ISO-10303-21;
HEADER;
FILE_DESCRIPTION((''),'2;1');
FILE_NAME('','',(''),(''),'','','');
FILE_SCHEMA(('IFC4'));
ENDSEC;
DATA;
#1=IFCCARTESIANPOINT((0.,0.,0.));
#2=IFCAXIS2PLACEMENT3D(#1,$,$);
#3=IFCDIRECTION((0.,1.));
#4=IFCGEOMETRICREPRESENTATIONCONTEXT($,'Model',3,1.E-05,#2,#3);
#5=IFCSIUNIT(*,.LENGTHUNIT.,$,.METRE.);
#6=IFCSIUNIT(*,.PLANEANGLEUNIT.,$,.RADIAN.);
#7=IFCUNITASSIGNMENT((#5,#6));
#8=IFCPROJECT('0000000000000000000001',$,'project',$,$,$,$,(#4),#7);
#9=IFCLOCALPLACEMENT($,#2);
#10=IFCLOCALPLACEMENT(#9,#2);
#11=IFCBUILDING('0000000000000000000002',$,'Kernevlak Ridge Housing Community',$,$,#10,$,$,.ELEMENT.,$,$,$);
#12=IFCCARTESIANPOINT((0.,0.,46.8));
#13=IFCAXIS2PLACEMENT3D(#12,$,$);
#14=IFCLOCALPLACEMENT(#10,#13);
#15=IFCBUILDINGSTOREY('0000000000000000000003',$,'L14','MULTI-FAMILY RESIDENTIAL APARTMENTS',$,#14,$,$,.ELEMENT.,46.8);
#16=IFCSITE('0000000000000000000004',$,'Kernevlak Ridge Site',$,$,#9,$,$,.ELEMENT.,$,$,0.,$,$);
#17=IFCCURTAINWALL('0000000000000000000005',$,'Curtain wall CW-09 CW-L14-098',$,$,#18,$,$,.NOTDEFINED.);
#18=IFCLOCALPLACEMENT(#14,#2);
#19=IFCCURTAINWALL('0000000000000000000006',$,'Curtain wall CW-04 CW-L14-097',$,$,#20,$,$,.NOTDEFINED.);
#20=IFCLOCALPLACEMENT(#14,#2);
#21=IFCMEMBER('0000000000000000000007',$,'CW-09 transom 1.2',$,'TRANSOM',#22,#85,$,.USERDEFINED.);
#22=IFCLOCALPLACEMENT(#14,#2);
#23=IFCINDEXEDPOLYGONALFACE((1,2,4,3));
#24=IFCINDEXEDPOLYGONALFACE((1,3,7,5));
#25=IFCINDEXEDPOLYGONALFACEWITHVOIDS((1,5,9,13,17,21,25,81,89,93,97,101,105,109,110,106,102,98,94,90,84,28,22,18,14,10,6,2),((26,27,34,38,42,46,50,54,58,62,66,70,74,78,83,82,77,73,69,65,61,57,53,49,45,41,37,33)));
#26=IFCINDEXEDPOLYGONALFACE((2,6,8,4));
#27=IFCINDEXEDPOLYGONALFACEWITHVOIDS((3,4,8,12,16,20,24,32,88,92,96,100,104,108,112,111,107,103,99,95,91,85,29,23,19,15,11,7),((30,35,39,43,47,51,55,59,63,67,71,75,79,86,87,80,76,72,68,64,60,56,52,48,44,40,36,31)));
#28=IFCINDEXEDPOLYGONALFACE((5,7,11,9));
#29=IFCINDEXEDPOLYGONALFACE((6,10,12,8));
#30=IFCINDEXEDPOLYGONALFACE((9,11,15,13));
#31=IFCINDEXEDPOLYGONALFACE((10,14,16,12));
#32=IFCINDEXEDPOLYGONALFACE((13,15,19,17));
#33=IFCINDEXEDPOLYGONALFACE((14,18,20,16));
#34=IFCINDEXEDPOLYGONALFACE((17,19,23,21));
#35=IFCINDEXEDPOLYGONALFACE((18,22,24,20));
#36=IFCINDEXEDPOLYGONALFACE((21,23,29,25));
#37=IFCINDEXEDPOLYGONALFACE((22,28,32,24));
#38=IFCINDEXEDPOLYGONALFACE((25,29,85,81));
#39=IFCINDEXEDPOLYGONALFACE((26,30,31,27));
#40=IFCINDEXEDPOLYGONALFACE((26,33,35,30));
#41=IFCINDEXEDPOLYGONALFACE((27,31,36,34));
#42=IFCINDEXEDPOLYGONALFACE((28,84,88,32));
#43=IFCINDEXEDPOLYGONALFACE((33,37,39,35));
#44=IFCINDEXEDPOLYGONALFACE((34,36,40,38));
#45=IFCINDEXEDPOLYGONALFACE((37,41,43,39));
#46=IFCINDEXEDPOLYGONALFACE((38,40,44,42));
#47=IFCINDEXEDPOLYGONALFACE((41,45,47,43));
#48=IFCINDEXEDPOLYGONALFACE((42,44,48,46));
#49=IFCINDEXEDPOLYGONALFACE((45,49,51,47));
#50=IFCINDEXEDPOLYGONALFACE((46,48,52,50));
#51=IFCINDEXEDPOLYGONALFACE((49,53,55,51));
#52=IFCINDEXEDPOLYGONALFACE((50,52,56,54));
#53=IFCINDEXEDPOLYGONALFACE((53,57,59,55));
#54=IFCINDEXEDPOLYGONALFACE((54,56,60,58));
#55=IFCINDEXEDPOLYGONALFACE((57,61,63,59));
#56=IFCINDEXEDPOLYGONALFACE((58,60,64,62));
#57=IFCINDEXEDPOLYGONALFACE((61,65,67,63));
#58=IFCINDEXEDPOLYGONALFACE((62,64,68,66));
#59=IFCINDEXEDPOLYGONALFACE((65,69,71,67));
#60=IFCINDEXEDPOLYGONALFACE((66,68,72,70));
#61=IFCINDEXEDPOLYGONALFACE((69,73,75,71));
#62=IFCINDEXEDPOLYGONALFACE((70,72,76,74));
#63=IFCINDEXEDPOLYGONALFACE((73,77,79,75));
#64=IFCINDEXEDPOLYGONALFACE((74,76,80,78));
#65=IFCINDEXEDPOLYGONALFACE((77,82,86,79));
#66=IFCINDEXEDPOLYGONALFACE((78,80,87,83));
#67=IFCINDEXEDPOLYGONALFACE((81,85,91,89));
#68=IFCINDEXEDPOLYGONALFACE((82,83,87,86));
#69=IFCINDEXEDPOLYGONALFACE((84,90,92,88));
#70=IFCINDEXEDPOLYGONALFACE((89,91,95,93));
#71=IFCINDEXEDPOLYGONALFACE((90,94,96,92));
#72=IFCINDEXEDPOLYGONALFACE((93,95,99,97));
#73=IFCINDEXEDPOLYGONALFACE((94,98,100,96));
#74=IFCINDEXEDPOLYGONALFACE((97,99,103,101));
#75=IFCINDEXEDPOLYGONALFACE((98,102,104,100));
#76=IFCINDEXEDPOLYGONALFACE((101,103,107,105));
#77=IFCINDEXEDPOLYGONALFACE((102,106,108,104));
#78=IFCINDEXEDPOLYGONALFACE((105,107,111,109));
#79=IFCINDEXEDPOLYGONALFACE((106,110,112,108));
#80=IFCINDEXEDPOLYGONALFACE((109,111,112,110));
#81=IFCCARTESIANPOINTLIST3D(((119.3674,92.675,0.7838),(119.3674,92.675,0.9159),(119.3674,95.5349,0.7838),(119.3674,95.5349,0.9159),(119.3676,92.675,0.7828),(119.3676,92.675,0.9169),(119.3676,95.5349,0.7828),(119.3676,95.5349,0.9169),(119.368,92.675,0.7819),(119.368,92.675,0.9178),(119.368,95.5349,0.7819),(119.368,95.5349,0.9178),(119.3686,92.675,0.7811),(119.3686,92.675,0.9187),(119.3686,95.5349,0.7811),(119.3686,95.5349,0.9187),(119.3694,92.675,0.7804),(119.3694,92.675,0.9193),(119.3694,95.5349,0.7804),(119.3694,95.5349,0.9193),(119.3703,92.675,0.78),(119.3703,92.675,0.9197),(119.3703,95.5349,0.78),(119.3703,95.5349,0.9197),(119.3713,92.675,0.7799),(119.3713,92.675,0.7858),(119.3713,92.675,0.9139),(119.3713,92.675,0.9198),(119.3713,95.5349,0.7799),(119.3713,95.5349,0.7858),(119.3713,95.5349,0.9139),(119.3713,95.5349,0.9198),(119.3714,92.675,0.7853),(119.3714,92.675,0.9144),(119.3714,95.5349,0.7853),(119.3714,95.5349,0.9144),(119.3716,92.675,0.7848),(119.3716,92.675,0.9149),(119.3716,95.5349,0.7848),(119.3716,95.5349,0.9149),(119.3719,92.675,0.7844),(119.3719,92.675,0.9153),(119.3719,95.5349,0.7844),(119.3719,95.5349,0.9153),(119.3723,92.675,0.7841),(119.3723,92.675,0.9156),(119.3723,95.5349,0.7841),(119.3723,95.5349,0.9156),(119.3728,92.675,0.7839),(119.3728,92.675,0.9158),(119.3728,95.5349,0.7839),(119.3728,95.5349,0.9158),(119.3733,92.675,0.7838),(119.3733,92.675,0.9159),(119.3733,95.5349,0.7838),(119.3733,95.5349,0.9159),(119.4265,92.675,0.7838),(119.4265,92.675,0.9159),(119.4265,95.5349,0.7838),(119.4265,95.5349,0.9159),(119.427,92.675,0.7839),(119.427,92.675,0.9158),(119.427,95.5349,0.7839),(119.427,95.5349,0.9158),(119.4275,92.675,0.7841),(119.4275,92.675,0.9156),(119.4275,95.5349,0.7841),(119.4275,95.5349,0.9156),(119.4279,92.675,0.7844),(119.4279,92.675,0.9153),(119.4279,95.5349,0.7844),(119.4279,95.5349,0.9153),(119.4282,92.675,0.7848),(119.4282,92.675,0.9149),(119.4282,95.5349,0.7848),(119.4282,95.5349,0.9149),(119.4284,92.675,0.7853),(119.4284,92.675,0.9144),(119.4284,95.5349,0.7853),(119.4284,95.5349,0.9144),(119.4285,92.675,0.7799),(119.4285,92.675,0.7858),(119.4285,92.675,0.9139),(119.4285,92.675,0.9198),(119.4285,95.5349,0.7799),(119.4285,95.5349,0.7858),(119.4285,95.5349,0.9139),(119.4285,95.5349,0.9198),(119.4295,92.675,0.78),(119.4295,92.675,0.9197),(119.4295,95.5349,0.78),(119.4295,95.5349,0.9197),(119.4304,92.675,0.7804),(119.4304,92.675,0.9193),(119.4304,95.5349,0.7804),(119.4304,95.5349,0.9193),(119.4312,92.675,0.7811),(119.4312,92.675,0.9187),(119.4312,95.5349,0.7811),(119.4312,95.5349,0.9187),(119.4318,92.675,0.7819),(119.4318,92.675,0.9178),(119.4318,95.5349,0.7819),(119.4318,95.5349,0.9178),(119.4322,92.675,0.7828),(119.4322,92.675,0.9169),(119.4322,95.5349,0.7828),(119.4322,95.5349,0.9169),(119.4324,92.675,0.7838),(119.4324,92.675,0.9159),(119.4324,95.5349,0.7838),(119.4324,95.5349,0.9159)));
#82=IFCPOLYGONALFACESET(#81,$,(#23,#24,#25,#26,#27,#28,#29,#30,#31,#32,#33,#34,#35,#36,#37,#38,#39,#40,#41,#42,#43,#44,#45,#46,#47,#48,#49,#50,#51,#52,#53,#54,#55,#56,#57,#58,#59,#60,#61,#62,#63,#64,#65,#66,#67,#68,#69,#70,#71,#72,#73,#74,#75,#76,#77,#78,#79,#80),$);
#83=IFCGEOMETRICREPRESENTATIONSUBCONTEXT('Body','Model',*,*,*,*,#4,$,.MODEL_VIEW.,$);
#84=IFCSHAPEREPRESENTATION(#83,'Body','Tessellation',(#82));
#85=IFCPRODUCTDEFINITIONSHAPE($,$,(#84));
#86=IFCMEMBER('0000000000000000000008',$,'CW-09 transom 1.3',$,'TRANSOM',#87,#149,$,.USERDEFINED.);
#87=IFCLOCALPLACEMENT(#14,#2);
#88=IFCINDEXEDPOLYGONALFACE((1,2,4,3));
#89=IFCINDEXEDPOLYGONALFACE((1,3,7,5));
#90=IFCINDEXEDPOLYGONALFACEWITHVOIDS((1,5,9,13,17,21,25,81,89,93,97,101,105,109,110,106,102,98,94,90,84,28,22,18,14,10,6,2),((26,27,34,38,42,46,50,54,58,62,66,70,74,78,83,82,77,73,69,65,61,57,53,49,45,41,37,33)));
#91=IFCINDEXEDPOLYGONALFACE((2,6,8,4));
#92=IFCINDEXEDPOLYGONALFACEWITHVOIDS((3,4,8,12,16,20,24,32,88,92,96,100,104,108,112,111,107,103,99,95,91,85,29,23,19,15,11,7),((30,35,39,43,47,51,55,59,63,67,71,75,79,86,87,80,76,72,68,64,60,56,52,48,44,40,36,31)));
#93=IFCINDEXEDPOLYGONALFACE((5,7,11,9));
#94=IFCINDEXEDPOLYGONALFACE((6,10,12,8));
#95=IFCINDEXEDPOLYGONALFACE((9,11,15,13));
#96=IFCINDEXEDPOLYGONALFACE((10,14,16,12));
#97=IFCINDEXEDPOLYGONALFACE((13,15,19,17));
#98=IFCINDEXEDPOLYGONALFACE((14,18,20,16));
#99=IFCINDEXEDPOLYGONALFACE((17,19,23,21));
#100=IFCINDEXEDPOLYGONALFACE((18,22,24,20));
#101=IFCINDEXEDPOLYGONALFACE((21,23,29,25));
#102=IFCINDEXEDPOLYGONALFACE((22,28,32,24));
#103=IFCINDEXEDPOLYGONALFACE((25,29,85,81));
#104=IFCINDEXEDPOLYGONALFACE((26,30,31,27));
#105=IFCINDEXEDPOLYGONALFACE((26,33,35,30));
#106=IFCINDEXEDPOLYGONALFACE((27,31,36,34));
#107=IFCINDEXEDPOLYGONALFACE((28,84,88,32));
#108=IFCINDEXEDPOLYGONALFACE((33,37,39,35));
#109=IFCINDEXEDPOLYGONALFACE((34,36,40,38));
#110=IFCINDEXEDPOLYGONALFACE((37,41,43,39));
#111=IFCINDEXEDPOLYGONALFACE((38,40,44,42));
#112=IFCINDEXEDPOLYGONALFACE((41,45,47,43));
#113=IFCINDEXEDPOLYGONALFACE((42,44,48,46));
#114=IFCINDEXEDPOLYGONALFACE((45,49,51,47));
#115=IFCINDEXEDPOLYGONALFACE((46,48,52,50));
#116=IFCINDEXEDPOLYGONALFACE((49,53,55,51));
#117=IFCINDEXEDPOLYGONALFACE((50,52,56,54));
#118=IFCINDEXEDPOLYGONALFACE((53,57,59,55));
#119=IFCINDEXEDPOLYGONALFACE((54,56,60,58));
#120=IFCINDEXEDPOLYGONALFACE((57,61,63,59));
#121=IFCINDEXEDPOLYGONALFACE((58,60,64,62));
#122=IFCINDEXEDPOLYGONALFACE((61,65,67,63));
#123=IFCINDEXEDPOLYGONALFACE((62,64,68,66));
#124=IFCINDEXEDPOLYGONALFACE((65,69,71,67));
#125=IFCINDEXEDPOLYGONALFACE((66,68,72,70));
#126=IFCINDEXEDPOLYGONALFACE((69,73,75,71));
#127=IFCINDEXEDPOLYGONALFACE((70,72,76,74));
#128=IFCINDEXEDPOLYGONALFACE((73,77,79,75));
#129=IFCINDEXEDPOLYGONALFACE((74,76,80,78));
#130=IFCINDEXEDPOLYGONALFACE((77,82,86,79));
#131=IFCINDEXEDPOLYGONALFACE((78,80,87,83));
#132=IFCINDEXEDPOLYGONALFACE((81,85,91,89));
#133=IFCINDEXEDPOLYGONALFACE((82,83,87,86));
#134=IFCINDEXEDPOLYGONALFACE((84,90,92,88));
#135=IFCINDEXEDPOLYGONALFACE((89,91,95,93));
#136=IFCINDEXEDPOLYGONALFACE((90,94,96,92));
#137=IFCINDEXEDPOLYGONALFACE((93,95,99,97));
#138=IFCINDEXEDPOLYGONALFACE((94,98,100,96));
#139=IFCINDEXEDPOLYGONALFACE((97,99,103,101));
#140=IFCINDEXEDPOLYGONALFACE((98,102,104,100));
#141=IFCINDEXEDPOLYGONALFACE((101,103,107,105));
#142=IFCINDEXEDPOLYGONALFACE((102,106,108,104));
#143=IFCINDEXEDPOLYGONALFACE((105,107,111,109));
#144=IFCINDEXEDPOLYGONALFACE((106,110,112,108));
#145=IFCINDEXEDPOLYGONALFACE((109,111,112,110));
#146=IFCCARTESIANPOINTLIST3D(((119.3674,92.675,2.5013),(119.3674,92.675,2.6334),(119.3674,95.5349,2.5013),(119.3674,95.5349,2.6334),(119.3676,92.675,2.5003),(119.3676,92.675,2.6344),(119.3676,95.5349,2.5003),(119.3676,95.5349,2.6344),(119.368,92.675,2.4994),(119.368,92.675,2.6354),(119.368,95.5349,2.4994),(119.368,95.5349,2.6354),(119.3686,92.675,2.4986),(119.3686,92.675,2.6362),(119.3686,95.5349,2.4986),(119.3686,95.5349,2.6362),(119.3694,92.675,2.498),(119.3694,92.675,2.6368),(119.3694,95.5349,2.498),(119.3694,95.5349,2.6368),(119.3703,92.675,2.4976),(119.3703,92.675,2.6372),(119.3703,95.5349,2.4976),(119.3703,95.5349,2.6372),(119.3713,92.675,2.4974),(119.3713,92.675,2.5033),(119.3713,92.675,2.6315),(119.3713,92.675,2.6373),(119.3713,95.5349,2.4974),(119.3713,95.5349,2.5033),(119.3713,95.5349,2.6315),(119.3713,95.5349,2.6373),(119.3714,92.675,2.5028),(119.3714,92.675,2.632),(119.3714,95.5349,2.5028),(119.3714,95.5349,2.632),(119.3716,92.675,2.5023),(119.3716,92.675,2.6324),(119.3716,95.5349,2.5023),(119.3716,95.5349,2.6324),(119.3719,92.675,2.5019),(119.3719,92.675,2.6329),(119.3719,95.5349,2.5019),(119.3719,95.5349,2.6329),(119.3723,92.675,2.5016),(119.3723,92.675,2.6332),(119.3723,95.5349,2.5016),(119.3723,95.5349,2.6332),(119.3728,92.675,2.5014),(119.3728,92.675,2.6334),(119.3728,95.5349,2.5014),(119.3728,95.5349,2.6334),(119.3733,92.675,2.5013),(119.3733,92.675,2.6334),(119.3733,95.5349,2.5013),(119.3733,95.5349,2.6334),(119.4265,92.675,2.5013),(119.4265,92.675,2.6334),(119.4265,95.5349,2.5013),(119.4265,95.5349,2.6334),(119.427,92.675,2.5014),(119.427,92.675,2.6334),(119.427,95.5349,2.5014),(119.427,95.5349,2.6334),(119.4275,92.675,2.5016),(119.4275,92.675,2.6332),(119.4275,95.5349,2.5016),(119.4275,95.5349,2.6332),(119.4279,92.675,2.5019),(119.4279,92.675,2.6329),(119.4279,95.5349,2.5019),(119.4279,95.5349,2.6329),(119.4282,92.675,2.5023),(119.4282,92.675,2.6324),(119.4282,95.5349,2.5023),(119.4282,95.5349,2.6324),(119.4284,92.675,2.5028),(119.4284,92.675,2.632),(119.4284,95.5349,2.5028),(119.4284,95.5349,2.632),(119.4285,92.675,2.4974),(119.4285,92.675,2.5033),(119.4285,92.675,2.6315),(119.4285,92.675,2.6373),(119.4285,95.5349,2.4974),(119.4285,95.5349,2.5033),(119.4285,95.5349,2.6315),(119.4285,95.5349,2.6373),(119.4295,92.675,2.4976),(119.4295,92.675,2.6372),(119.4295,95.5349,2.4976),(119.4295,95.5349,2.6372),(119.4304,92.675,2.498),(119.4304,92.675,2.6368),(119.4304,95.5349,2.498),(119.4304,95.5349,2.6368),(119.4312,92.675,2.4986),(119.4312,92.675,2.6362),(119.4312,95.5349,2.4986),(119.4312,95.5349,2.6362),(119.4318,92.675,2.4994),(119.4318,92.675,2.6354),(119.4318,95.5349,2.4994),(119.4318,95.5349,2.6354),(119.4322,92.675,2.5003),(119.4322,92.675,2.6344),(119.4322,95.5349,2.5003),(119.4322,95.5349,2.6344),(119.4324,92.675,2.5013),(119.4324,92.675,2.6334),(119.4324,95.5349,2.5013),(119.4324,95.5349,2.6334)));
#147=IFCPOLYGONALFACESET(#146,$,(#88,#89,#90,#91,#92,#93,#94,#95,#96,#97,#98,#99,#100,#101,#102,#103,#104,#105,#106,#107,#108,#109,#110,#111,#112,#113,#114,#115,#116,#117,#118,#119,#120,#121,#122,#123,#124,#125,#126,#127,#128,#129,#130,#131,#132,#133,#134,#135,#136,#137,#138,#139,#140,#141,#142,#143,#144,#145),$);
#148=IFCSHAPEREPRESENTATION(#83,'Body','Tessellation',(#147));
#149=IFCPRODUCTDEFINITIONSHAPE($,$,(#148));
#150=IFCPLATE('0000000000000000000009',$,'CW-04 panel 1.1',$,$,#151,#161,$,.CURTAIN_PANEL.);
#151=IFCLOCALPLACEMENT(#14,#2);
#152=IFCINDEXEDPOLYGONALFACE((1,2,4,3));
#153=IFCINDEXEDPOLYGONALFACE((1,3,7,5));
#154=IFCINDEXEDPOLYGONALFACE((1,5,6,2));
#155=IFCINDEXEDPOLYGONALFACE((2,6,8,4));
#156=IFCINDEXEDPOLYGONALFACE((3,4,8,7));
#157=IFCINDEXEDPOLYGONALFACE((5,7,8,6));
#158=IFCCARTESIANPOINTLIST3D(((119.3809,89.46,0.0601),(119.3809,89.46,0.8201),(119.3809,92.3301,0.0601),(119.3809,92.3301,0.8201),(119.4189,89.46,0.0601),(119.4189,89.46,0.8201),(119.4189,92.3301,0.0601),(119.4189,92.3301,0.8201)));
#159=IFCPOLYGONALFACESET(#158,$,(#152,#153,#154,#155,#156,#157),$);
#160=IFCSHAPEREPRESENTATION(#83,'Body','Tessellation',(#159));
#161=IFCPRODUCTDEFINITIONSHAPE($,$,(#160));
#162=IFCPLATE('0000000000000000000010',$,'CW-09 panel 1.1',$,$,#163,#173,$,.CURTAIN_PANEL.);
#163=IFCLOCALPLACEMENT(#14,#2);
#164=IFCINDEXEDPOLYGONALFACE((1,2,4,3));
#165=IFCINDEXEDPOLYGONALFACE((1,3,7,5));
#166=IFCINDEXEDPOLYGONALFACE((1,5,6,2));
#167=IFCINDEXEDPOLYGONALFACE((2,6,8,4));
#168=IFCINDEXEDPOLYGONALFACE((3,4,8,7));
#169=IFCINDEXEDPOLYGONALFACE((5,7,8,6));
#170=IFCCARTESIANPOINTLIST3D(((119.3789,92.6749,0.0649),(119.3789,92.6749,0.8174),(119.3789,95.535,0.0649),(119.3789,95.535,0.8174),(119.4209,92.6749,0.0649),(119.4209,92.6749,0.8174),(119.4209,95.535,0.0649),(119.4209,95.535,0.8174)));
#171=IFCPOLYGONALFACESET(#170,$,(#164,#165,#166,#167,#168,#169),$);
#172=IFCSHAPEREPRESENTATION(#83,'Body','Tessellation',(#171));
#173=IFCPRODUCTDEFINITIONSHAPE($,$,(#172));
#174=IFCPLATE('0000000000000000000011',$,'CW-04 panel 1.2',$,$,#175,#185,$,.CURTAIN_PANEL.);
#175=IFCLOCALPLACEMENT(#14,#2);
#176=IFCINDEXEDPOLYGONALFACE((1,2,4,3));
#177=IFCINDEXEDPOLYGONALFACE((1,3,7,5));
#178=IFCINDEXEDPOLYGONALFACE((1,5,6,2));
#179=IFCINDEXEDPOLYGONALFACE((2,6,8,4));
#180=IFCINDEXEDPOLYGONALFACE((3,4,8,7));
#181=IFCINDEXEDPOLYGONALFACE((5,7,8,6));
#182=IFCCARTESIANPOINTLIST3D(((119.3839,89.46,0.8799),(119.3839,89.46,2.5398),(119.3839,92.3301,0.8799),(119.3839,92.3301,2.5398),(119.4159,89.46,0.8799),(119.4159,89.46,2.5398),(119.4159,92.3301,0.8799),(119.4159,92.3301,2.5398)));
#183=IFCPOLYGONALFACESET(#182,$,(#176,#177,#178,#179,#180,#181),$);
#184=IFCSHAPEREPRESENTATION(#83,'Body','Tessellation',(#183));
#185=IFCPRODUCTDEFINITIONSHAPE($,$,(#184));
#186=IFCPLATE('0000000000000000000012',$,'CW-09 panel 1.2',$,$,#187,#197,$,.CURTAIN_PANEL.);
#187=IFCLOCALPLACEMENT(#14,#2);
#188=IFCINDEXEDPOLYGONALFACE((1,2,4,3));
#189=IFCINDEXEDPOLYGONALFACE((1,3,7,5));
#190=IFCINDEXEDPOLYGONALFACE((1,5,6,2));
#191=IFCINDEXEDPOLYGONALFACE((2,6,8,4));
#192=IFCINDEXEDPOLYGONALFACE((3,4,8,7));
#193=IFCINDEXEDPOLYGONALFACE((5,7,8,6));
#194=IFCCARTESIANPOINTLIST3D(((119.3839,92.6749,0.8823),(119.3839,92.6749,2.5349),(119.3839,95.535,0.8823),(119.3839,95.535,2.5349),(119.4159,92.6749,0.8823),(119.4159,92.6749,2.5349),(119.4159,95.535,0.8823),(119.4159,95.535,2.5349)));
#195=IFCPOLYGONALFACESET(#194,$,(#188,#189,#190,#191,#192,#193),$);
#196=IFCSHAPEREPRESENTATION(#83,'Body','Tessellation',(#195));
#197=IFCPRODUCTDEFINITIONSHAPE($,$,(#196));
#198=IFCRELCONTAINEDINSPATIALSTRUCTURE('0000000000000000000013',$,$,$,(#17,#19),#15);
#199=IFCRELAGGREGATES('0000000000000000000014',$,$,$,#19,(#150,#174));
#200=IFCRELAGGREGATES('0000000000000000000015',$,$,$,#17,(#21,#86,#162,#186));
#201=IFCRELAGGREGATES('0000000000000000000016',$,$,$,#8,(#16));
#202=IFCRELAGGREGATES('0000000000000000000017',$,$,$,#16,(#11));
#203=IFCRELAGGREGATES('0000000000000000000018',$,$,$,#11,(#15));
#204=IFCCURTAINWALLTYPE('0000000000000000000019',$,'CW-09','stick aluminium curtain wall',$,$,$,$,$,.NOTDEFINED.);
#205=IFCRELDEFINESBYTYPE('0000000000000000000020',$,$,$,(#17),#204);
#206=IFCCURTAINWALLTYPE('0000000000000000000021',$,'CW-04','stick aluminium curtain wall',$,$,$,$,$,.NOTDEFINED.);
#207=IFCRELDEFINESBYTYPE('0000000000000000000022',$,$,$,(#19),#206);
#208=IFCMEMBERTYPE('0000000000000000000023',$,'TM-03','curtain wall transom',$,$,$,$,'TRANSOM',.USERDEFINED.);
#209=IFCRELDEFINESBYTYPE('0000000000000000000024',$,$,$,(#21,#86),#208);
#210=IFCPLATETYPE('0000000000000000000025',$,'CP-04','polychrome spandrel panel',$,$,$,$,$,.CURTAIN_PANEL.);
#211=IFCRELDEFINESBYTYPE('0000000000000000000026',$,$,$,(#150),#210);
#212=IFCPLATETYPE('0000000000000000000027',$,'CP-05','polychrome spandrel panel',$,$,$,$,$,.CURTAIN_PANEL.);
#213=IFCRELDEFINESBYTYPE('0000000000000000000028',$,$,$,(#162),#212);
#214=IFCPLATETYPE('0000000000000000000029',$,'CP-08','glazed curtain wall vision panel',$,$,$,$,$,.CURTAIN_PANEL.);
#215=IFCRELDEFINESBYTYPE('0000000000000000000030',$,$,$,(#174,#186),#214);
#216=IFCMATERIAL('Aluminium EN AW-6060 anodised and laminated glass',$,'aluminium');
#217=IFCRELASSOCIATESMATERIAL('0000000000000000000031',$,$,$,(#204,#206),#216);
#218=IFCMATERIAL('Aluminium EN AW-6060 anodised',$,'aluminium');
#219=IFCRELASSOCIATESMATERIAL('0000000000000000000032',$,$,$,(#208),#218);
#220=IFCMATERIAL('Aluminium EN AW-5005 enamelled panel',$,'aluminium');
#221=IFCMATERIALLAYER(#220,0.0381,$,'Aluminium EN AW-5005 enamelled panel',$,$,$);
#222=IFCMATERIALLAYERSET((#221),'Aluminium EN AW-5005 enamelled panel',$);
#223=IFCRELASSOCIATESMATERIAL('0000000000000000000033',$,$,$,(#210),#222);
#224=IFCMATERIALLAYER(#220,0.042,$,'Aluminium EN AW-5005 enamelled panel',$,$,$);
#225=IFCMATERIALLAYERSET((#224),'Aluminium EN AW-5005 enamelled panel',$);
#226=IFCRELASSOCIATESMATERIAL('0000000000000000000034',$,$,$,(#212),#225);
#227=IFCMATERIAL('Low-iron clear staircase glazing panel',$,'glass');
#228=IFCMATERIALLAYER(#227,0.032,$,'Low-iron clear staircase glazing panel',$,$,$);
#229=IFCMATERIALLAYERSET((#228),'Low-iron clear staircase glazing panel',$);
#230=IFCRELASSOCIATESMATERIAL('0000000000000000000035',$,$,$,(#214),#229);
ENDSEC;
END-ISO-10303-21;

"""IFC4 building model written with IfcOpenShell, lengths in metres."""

from ifc_helpers import new_model, si_unit, direction, frame, origin, origin_2d, place, context, subcontext, project, spatial, rectangle, hollow_rectangle, extrude, material, layer, layer_set, material_profile, profile_set, type_object, element, aggregate, save


model = new_model("IFC4")

# Units and contexts
model_context = context("Model", 3, precision=1e-05, world=origin(), true_north=direction((0.0, 1.0)))
body_context = subcontext(model_context, "Body", "Model", "MODEL_VIEW")
ifc_project = project(units=[si_unit("LENGTHUNIT", "METRE"), si_unit("PLANEANGLEUNIT", "RADIAN")], contexts=[model_context])

# Site, building, storey
site_placement = place(None, origin())
site = spatial("IfcSite", under=ifc_project, at=site_placement, Name="Kernevlak Ridge Site", CompositionType="ELEMENT", RefElevation=0.0)
building_placement = place(site_placement, origin())
building = spatial("IfcBuilding", under=site, at=building_placement, Name="Kernevlak Ridge Housing Community", CompositionType="ELEMENT")
storey_placement = place(building_placement, frame((0.0, 0.0, 46.8)))
storey = spatial("IfcBuildingStorey", under=building, at=storey_placement, Name="L14", Description="MULTI-FAMILY RESIDENTIAL APARTMENTS", CompositionType="ELEMENT", Elevation=46.8)

# Curtain wall
ifc_material_1 = material(Name="Aluminium EN AW-6060 anodised and laminated glass", Category="aluminium")
curtain_wall_type_1 = type_object("IfcCurtainWallType", Name="CW-09", Description="stick aluminium curtain wall", PredefinedType="NOTDEFINED", material=ifc_material_1)
curtain_wall_1_placement = place(storey_placement, origin())
curtain_wall_1 = element("IfcCurtainWall", 1, at=curtain_wall_1_placement, inside=storey, type_object=curtain_wall_type_1, Name="Curtain wall CW-09 CW-L14-098", PredefinedType="NOTDEFINED")
ifc_material_2 = material(Name="Aluminium EN AW-6060 anodised", Category="aluminium")

# Curtain wall
curtain_wall_type_2 = type_object("IfcCurtainWallType", Name="CW-04", Description="stick aluminium curtain wall", PredefinedType="NOTDEFINED", material=ifc_material_1)
curtain_wall_2_placement = place(storey_placement, origin())
curtain_wall_2 = element("IfcCurtainWall", 2, at=curtain_wall_2_placement, inside=storey, type_object=curtain_wall_type_2, Name="Curtain wall CW-04 CW-L14-097", PredefinedType="NOTDEFINED")

# Members
ifc_material_profile_1 = material_profile(ifc_material_2, hollow_rectangle(XDim=0.0649, YDim=0.1399, WallThickness=0.0039, InnerFilletRadius=0.002, OuterFilletRadius=0.0039, at=origin_2d()), Name="ALU 65x140x4")
ifc_profile_set_1 = profile_set([ifc_material_profile_1], Name="Aluminium EN AW-6060 anodised")
member_type_1 = type_object("IfcMemberType", Name="TM-03", Description="curtain wall transom", ElementType="TRANSOM", PredefinedType="USERDEFINED", material=ifc_profile_set_1)
member_1_placement = place(storey_placement, frame((119.3999, 92.675, 0.8499), z_axis=(0.0, 1.0, 0.0), x_axis=(-1.0, 0.0, 0.0)))
member_1 = element("IfcMember", 3, at=member_1_placement, type_object=member_type_1, Name="CW-09 transom 1.2", ObjectType="TRANSOM", PredefinedType="USERDEFINED", context=body_context, shape_type="SweptSolid", body=[
    extrude(hollow_rectangle(XDim=0.0649, YDim=0.1399, WallThickness=0.0039, InnerFilletRadius=0.002, OuterFilletRadius=0.0039, at=origin_2d()), origin(), (0.0, 0.0, 1.0), 2.8599),
])
member_2_placement = place(storey_placement, frame((119.3999, 92.675, 2.5674), z_axis=(0.0, 1.0, 0.0), x_axis=(-1.0, 0.0, 0.0)))
member_2 = element("IfcMember", 4, at=member_2_placement, type_object=member_type_1, Name="CW-09 transom 1.3", ObjectType="TRANSOM", PredefinedType="USERDEFINED", context=body_context, shape_type="SweptSolid", body=[
    extrude(hollow_rectangle(XDim=0.0649, YDim=0.1399, WallThickness=0.0039, InnerFilletRadius=0.002, OuterFilletRadius=0.0039, at=origin_2d()), origin(), (0.0, 0.0, 1.0), 2.8599),
])

# Plates
ifc_material_3 = material(Name="Aluminium EN AW-5005 enamelled panel", Category="aluminium")
ifc_layer_1 = layer(ifc_material_3, 0.0381, Name="Aluminium EN AW-5005 enamelled panel")
ifc_layer_set_1 = layer_set([ifc_layer_1], Name="Aluminium EN AW-5005 enamelled panel")
plate_type_1 = type_object("IfcPlateType", Name="CP-04", Description="polychrome spandrel panel", PredefinedType="CURTAIN_PANEL", material=ifc_layer_set_1)
plate_1_placement = place(storey_placement, frame((119.3999, 90.895, 0.0601), z_axis=(0.0, 0.0, 1.0), x_axis=(0.0, 1.0, 0.0)))
plate_1 = element("IfcPlate", 5, at=plate_1_placement, type_object=plate_type_1, Name="CW-04 panel 1.1", PredefinedType="CURTAIN_PANEL", context=body_context, shape_type="SweptSolid", body=[
    extrude(rectangle(XDim=2.8701, YDim=0.0381, at=origin_2d()), origin(), (0.0, 0.0, 1.0), 0.76),
])
ifc_layer_2 = layer(ifc_material_3, 0.042, Name="Aluminium EN AW-5005 enamelled panel")
ifc_layer_set_2 = layer_set([ifc_layer_2], Name="Aluminium EN AW-5005 enamelled panel")
plate_type_2 = type_object("IfcPlateType", Name="CP-05", Description="polychrome spandrel panel", PredefinedType="CURTAIN_PANEL", material=ifc_layer_set_2)
plate_2_placement = place(storey_placement, frame((119.3999, 94.105, 0.0649), z_axis=(0.0, 0.0, 1.0), x_axis=(0.0, 1.0, 0.0)))
plate_2 = element("IfcPlate", 6, at=plate_2_placement, type_object=plate_type_2, Name="CW-09 panel 1.1", PredefinedType="CURTAIN_PANEL", context=body_context, shape_type="SweptSolid", body=[
    extrude(rectangle(XDim=2.8601, YDim=0.042, at=origin_2d()), origin(), (0.0, 0.0, 1.0), 0.7524),
])
ifc_material_4 = material(Name="Low-iron clear staircase glazing panel", Category="glass")
ifc_layer_3 = layer(ifc_material_4, 0.032, Name="Low-iron clear staircase glazing panel")
ifc_layer_set_3 = layer_set([ifc_layer_3], Name="Low-iron clear staircase glazing panel")
plate_type_3 = type_object("IfcPlateType", Name="CP-08", Description="glazed curtain wall vision panel", PredefinedType="CURTAIN_PANEL", material=ifc_layer_set_3)
plate_3_placement = place(storey_placement, frame((119.3999, 90.895, 0.8799), z_axis=(0.0, 0.0, 1.0), x_axis=(0.0, 1.0, 0.0)))
plate_3 = element("IfcPlate", 7, at=plate_3_placement, type_object=plate_type_3, Name="CW-04 panel 1.2", PredefinedType="CURTAIN_PANEL", context=body_context, shape_type="SweptSolid", body=[
    extrude(rectangle(XDim=2.8701, YDim=0.032, at=origin_2d()), origin(), (0.0, 0.0, 1.0), 1.6599),
])
aggregate(curtain_wall_2, [plate_1, plate_3])
plate_4_placement = place(storey_placement, frame((119.3999, 94.105, 0.8823), z_axis=(0.0, 0.0, 1.0), x_axis=(0.0, 1.0, 0.0)))
plate_4 = element("IfcPlate", 8, at=plate_4_placement, type_object=plate_type_3, Name="CW-09 panel 1.2", PredefinedType="CURTAIN_PANEL", context=body_context, shape_type="SweptSolid", body=[
    extrude(rectangle(XDim=2.8601, YDim=0.032, at=origin_2d()), origin(), (0.0, 0.0, 1.0), 1.6526),
])
aggregate(curtain_wall_1, [member_1, member_2, plate_2, plate_4])

save(model, "model.ifc")
